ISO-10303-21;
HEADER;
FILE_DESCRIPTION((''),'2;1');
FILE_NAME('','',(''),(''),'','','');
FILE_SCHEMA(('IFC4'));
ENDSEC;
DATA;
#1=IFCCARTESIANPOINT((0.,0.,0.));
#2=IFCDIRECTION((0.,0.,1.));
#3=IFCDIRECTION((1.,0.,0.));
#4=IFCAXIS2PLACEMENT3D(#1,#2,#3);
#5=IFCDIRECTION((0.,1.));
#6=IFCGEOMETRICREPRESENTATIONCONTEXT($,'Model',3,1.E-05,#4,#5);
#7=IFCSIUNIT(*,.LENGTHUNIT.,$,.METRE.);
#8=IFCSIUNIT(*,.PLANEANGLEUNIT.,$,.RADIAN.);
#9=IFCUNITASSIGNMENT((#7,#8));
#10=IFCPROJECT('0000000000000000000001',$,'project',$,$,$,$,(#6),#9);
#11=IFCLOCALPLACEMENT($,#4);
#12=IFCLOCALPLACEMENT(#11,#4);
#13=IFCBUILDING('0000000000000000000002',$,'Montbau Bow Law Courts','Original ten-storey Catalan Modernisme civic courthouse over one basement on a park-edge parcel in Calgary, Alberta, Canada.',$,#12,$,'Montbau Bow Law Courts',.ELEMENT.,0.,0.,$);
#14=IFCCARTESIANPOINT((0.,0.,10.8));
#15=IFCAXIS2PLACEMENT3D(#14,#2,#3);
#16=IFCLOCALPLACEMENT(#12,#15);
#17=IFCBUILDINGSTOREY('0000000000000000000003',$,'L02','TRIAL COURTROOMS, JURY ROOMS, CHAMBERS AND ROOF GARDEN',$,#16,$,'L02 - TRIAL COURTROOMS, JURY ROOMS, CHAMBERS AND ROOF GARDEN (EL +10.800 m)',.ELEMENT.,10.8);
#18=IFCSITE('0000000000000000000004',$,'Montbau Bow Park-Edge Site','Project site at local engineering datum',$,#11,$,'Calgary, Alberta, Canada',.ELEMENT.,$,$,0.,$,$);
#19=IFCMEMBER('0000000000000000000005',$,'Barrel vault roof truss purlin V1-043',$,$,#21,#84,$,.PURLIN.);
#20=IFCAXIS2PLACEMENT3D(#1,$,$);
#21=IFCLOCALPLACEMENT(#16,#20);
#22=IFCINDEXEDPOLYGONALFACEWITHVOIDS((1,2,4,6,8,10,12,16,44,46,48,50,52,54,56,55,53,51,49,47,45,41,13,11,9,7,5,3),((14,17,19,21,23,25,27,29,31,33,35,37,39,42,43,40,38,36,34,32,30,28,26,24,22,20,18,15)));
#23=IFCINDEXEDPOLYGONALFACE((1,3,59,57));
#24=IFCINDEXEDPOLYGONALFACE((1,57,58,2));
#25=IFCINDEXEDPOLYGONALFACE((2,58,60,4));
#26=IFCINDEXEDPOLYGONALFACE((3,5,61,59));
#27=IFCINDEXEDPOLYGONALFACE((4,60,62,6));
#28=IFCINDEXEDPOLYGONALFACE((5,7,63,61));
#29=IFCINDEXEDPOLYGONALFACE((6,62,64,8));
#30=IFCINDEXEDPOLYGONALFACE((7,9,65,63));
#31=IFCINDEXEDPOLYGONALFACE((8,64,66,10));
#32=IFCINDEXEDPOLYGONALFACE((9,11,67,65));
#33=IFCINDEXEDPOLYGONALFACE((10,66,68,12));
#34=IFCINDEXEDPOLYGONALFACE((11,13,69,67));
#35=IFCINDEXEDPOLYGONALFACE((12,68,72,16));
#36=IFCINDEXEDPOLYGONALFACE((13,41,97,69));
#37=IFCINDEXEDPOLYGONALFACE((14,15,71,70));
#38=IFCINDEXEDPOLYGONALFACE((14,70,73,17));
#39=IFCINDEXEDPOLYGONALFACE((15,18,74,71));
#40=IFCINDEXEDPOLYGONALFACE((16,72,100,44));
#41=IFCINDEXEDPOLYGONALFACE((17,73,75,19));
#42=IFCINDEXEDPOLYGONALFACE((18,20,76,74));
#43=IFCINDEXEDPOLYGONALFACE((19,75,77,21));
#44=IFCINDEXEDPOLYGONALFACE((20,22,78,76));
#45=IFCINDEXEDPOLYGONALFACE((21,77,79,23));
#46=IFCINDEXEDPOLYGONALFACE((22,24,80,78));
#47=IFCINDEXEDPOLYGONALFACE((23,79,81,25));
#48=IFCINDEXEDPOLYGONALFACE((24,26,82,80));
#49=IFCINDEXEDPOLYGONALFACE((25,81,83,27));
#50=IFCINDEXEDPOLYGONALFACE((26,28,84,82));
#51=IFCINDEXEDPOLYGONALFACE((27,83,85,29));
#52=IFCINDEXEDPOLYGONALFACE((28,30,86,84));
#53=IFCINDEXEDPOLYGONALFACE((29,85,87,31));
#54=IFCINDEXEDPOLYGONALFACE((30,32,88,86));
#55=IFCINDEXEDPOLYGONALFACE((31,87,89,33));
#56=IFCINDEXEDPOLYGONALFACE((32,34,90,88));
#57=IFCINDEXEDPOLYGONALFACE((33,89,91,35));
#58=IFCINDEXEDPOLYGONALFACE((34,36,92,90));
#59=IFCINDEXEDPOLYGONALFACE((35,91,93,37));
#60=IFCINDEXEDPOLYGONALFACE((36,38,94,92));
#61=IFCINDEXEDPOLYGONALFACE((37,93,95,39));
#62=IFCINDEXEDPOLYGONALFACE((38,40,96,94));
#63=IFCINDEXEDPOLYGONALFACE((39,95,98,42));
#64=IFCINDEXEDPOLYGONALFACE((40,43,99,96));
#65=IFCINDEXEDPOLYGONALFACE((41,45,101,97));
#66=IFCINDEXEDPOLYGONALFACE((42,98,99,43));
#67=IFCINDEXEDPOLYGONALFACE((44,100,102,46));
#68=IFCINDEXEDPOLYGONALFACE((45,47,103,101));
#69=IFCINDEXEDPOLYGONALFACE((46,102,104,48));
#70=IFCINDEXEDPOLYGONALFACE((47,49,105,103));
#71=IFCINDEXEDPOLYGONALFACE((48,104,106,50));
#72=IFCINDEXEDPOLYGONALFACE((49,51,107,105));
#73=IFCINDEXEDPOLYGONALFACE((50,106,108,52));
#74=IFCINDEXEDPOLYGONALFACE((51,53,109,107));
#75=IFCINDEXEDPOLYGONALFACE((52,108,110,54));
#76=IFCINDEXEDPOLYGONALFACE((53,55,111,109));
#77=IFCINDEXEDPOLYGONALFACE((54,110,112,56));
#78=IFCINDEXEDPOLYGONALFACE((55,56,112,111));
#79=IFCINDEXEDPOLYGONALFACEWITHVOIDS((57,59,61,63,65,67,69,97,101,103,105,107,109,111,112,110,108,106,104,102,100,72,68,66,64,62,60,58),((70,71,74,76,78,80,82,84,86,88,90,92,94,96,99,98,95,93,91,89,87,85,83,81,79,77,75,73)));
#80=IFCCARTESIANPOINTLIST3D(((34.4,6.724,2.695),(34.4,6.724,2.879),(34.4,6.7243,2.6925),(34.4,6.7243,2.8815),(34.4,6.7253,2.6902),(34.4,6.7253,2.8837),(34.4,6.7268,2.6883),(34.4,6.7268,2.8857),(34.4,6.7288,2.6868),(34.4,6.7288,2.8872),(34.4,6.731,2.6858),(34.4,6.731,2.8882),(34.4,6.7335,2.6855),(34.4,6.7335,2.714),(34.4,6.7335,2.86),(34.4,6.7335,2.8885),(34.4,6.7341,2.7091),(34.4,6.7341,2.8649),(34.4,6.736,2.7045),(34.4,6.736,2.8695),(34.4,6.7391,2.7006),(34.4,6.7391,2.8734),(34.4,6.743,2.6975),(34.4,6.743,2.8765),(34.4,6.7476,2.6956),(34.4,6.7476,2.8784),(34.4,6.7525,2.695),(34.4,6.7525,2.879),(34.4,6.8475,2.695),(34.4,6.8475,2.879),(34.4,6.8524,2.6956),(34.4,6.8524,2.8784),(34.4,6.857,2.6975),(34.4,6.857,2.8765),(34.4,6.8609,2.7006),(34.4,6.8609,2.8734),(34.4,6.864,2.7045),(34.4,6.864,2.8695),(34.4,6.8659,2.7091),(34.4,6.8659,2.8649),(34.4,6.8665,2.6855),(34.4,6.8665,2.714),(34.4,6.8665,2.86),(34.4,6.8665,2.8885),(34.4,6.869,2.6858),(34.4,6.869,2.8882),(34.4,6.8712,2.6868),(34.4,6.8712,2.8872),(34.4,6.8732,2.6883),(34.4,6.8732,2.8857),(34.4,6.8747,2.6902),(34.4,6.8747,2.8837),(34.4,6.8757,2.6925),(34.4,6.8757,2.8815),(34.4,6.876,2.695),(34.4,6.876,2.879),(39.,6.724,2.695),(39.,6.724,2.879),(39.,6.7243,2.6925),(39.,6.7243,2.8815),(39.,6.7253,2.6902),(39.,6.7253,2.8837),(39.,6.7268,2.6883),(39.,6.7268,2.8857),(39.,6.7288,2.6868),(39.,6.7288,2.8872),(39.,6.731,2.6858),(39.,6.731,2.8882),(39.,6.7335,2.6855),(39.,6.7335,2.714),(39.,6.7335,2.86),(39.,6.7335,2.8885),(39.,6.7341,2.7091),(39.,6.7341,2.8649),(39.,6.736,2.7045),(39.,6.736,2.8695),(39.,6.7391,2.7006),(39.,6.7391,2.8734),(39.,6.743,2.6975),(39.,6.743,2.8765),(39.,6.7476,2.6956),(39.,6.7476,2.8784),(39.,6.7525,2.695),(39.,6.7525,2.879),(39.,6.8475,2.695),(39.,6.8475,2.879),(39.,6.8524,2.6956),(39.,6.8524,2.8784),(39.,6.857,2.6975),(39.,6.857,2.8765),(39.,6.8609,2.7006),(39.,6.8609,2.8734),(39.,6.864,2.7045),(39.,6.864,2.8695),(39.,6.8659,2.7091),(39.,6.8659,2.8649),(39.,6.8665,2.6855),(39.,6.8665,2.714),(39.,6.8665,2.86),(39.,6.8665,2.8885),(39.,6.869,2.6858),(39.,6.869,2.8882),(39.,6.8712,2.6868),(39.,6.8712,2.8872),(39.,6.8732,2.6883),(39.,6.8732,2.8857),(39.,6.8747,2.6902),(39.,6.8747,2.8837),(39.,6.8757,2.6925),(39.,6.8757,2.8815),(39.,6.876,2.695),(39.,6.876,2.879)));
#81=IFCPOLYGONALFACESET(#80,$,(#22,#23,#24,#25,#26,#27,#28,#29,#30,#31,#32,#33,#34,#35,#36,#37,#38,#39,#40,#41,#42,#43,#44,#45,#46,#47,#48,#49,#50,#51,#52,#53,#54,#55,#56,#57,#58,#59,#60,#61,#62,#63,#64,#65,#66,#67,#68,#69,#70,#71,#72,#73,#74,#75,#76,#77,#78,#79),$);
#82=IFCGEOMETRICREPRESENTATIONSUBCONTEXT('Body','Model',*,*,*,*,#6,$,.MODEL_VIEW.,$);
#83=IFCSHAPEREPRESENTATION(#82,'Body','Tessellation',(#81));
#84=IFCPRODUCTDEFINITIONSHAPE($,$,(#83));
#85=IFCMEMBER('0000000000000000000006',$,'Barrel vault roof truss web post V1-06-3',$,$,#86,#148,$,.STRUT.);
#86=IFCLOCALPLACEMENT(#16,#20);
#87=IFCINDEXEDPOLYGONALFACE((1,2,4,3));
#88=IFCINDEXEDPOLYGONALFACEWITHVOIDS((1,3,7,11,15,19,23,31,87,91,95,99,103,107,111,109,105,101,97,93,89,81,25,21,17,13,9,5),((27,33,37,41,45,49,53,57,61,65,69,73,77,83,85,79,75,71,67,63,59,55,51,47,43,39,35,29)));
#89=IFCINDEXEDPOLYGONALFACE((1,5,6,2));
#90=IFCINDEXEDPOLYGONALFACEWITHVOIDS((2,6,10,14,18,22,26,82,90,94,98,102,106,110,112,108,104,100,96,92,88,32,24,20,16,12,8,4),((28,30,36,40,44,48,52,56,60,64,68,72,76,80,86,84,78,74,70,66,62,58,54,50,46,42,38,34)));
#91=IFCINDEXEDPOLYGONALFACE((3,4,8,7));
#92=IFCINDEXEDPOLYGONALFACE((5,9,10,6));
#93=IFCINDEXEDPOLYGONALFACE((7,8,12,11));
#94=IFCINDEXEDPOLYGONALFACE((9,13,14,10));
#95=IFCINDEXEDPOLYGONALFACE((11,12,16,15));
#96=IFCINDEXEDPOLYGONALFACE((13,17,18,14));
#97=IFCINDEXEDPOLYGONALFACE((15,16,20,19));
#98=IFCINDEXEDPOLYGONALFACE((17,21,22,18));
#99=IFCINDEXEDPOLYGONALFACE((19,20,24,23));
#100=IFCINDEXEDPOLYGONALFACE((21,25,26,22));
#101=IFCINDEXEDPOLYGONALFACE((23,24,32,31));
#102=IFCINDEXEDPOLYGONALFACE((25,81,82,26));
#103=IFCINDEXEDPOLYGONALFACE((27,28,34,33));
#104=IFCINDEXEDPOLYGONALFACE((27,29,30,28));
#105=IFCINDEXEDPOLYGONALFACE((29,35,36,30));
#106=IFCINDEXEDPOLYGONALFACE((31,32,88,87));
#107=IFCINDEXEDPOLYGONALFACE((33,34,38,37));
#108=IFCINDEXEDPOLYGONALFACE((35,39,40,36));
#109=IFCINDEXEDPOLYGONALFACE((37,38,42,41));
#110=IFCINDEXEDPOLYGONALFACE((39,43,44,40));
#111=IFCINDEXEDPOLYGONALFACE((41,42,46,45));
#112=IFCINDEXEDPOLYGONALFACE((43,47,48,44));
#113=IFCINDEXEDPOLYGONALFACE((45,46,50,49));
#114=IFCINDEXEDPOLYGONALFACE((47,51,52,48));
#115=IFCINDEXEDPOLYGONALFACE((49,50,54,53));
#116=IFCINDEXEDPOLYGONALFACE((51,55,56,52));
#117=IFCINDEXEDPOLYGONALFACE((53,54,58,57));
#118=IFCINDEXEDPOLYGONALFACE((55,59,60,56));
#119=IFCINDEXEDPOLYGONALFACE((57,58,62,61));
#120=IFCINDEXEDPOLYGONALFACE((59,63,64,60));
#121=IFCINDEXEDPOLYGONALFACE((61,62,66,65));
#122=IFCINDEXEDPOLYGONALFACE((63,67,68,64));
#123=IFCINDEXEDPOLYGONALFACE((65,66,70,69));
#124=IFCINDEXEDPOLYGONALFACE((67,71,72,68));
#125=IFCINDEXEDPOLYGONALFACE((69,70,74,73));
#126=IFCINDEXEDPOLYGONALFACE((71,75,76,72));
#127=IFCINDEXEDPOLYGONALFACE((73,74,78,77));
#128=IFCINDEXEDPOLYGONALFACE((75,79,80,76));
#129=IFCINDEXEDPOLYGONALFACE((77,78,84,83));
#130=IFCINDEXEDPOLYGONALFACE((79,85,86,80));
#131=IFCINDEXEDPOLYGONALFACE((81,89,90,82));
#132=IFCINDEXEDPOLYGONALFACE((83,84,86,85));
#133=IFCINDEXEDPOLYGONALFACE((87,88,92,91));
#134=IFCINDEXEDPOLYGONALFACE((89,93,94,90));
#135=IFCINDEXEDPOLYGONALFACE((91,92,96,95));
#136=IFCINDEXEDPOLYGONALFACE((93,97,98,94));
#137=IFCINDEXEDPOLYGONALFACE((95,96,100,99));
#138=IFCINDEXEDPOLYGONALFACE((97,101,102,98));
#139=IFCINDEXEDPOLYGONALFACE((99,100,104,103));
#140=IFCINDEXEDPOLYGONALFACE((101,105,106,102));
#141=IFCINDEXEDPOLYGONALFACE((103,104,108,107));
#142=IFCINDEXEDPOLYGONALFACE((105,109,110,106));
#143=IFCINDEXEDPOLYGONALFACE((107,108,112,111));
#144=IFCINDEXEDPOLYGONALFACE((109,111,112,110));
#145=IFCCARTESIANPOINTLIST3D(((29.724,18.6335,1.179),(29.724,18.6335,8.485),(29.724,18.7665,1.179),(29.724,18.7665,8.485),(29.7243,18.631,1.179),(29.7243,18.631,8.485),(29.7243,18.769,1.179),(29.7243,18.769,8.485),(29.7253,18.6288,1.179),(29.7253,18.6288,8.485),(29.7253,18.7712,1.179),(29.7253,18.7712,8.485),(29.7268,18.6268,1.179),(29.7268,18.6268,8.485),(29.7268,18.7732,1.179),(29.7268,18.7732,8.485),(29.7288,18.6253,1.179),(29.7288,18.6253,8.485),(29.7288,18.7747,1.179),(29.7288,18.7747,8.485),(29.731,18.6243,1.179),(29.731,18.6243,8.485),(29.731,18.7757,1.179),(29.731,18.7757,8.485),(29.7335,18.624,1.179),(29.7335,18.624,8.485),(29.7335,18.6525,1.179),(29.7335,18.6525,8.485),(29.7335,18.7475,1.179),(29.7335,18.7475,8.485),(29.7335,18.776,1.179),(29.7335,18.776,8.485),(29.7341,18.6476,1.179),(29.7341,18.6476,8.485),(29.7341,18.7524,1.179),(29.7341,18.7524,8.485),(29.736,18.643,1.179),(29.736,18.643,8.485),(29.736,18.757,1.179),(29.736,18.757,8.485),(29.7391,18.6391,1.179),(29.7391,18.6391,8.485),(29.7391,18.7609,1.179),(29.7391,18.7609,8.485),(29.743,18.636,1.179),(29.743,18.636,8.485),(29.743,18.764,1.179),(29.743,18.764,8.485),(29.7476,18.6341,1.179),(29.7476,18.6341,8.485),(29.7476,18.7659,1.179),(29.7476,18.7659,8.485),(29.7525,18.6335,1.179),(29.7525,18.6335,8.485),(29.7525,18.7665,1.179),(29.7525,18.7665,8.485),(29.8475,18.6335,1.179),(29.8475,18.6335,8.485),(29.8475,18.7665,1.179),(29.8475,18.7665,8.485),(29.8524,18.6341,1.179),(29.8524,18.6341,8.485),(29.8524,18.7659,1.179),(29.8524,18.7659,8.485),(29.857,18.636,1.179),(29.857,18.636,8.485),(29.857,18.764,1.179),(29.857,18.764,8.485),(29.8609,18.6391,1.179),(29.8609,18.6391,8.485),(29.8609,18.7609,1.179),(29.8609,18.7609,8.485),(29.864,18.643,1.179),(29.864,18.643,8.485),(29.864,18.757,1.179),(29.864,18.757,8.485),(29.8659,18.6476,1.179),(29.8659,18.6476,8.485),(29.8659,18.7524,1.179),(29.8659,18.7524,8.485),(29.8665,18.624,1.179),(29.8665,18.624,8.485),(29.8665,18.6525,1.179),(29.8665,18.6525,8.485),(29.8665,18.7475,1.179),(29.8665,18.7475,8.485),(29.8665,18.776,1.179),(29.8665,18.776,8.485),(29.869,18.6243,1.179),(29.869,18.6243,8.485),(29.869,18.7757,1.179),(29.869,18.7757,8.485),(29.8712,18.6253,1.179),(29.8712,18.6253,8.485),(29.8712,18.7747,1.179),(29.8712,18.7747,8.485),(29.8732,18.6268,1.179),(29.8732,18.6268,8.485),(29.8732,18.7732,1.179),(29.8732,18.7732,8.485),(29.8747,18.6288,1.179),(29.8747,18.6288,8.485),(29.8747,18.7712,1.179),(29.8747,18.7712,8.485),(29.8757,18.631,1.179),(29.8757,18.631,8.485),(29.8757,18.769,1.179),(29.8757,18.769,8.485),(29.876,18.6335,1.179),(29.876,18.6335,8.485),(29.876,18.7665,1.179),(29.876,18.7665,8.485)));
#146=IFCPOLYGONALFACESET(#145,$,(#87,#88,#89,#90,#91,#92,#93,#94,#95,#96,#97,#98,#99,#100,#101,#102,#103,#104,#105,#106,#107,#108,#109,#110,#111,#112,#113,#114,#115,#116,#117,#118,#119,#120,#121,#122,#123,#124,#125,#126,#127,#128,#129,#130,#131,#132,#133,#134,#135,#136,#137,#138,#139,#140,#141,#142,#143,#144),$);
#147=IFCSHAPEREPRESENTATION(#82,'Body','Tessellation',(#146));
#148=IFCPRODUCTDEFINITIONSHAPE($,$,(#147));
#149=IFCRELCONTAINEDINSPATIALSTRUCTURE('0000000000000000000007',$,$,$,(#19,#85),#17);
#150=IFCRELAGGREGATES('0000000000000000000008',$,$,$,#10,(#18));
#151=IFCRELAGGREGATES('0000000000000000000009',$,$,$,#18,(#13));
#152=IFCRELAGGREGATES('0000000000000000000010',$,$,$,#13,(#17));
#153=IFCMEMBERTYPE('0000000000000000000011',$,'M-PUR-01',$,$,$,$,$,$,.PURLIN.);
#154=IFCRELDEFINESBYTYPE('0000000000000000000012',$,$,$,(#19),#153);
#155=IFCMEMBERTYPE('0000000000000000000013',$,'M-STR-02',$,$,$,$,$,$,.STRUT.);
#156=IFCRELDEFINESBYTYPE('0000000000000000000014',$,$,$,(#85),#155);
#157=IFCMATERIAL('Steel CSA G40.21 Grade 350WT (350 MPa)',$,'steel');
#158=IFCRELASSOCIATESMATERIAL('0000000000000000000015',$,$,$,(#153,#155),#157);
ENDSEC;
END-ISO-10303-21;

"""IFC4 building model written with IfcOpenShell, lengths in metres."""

from ifc_helpers import new_model, si_unit, direction, frame, origin_with_axes, origin_2d_with_axis, place, context, subcontext, project, spatial, hollow_rectangle, extrude, material, material_profile, profile_set, type_object, element, save


model = new_model("IFC4")

# Units and contexts
model_context = context("Model", 3, precision=1e-05, world=origin_with_axes(), true_north=direction((0.0, 1.0)))
body_context = subcontext(model_context, "Body", "Model", "MODEL_VIEW")
ifc_project = project(units=[si_unit("LENGTHUNIT", "METRE"), si_unit("PLANEANGLEUNIT", "RADIAN")], contexts=[model_context])

# Site, building, storey
site_placement = place(None, origin_with_axes())
site = spatial("IfcSite", under=ifc_project, at=site_placement, Name="Montbau Bow Park-Edge Site", Description="Project site at local engineering datum", LongName="Calgary, Alberta, Canada", CompositionType="ELEMENT", RefElevation=0.0)
building_placement = place(site_placement, origin_with_axes())
building = spatial("IfcBuilding", under=site, at=building_placement, Name="Montbau Bow Law Courts", Description="Original ten-storey Catalan Modernisme civic courthouse over one basement on a park-edge parcel in Calgary, Alberta, Canada.", LongName="Montbau Bow Law Courts", CompositionType="ELEMENT", ElevationOfRefHeight=0.0, ElevationOfTerrain=0.0)
storey_placement = place(building_placement, frame((0.0, 0.0, 10.8), z_axis=(0.0, 0.0, 1.0), x_axis=(1.0, 0.0, 0.0)))
storey = spatial("IfcBuildingStorey", under=building, at=storey_placement, Name="L02", Description="TRIAL COURTROOMS, JURY ROOMS, CHAMBERS AND ROOF GARDEN", LongName="L02 - TRIAL COURTROOMS, JURY ROOMS, CHAMBERS AND ROOF GARDEN (EL +10.800 m)", CompositionType="ELEMENT", Elevation=10.8)

# Shared definitions
ifc_material_1 = material(Name="Steel CSA G40.21 Grade 350WT (350 MPa)", Category="steel")

# Members
ifc_material_profile_1 = material_profile(ifc_material_1, hollow_rectangle(XDim=0.152, YDim=0.203, WallThickness=0.0095, InnerFilletRadius=0.019, OuterFilletRadius=0.0095, at=origin_2d_with_axis()), Name="HSS203X152X9.5", Category="Main", Priority=0)
ifc_profile_set_1 = profile_set([ifc_material_profile_1], Name="Steel CSA G40.21 Grade 350WT (350 MPa)")
member_type_1 = type_object("IfcMemberType", Name="M-PUR-01", PredefinedType="PURLIN", material=ifc_profile_set_1)
member_1_placement = place(None, frame((34.4, 6.8, 13.587), z_axis=(1.0, 0.0, 0.0), x_axis=(0.0, 1.0, 0.0)))
element("IfcMember", 1, at=member_1_placement, inside=storey, type_object=member_type_1, Name="Barrel vault roof truss purlin V1-043", PredefinedType="PURLIN", context=body_context, shape_type="SweptSolid", body=[
    extrude(hollow_rectangle(XDim=0.152, YDim=0.203, WallThickness=0.0095, InnerFilletRadius=0.019, OuterFilletRadius=0.0095, at=origin_2d_with_axis()), origin_with_axes(), (0.0, 0.0, 1.0), 4.6),
])
ifc_material_profile_2 = material_profile(ifc_material_1, hollow_rectangle(XDim=0.152, YDim=0.152, WallThickness=0.0095, InnerFilletRadius=0.019, OuterFilletRadius=0.0095, at=origin_2d_with_axis()), Name="HSS152X152X9.5", Category="Main", Priority=0)
ifc_profile_set_2 = profile_set([ifc_material_profile_2], Name="Steel CSA G40.21 Grade 350WT (350 MPa)")
member_type_2 = type_object("IfcMemberType", Name="M-STR-02", PredefinedType="STRUT", material=ifc_profile_set_2)
member_2_placement = place(None, frame((29.8, 18.7, 11.979), z_axis=(0.0, 0.0, 1.0), x_axis=(1.0, 0.0, 0.0)))
element("IfcMember", 2, at=member_2_placement, inside=storey, type_object=member_type_2, Name="Barrel vault roof truss web post V1-06-3", PredefinedType="STRUT", context=body_context, shape_type="SweptSolid", body=[
    extrude(hollow_rectangle(XDim=0.152, YDim=0.152, WallThickness=0.0095, InnerFilletRadius=0.019, OuterFilletRadius=0.0095, at=origin_2d_with_axis()), origin_with_axes(), (0.0, 0.0, 1.0), 7.306),
])

save(model, "model.ifc")
